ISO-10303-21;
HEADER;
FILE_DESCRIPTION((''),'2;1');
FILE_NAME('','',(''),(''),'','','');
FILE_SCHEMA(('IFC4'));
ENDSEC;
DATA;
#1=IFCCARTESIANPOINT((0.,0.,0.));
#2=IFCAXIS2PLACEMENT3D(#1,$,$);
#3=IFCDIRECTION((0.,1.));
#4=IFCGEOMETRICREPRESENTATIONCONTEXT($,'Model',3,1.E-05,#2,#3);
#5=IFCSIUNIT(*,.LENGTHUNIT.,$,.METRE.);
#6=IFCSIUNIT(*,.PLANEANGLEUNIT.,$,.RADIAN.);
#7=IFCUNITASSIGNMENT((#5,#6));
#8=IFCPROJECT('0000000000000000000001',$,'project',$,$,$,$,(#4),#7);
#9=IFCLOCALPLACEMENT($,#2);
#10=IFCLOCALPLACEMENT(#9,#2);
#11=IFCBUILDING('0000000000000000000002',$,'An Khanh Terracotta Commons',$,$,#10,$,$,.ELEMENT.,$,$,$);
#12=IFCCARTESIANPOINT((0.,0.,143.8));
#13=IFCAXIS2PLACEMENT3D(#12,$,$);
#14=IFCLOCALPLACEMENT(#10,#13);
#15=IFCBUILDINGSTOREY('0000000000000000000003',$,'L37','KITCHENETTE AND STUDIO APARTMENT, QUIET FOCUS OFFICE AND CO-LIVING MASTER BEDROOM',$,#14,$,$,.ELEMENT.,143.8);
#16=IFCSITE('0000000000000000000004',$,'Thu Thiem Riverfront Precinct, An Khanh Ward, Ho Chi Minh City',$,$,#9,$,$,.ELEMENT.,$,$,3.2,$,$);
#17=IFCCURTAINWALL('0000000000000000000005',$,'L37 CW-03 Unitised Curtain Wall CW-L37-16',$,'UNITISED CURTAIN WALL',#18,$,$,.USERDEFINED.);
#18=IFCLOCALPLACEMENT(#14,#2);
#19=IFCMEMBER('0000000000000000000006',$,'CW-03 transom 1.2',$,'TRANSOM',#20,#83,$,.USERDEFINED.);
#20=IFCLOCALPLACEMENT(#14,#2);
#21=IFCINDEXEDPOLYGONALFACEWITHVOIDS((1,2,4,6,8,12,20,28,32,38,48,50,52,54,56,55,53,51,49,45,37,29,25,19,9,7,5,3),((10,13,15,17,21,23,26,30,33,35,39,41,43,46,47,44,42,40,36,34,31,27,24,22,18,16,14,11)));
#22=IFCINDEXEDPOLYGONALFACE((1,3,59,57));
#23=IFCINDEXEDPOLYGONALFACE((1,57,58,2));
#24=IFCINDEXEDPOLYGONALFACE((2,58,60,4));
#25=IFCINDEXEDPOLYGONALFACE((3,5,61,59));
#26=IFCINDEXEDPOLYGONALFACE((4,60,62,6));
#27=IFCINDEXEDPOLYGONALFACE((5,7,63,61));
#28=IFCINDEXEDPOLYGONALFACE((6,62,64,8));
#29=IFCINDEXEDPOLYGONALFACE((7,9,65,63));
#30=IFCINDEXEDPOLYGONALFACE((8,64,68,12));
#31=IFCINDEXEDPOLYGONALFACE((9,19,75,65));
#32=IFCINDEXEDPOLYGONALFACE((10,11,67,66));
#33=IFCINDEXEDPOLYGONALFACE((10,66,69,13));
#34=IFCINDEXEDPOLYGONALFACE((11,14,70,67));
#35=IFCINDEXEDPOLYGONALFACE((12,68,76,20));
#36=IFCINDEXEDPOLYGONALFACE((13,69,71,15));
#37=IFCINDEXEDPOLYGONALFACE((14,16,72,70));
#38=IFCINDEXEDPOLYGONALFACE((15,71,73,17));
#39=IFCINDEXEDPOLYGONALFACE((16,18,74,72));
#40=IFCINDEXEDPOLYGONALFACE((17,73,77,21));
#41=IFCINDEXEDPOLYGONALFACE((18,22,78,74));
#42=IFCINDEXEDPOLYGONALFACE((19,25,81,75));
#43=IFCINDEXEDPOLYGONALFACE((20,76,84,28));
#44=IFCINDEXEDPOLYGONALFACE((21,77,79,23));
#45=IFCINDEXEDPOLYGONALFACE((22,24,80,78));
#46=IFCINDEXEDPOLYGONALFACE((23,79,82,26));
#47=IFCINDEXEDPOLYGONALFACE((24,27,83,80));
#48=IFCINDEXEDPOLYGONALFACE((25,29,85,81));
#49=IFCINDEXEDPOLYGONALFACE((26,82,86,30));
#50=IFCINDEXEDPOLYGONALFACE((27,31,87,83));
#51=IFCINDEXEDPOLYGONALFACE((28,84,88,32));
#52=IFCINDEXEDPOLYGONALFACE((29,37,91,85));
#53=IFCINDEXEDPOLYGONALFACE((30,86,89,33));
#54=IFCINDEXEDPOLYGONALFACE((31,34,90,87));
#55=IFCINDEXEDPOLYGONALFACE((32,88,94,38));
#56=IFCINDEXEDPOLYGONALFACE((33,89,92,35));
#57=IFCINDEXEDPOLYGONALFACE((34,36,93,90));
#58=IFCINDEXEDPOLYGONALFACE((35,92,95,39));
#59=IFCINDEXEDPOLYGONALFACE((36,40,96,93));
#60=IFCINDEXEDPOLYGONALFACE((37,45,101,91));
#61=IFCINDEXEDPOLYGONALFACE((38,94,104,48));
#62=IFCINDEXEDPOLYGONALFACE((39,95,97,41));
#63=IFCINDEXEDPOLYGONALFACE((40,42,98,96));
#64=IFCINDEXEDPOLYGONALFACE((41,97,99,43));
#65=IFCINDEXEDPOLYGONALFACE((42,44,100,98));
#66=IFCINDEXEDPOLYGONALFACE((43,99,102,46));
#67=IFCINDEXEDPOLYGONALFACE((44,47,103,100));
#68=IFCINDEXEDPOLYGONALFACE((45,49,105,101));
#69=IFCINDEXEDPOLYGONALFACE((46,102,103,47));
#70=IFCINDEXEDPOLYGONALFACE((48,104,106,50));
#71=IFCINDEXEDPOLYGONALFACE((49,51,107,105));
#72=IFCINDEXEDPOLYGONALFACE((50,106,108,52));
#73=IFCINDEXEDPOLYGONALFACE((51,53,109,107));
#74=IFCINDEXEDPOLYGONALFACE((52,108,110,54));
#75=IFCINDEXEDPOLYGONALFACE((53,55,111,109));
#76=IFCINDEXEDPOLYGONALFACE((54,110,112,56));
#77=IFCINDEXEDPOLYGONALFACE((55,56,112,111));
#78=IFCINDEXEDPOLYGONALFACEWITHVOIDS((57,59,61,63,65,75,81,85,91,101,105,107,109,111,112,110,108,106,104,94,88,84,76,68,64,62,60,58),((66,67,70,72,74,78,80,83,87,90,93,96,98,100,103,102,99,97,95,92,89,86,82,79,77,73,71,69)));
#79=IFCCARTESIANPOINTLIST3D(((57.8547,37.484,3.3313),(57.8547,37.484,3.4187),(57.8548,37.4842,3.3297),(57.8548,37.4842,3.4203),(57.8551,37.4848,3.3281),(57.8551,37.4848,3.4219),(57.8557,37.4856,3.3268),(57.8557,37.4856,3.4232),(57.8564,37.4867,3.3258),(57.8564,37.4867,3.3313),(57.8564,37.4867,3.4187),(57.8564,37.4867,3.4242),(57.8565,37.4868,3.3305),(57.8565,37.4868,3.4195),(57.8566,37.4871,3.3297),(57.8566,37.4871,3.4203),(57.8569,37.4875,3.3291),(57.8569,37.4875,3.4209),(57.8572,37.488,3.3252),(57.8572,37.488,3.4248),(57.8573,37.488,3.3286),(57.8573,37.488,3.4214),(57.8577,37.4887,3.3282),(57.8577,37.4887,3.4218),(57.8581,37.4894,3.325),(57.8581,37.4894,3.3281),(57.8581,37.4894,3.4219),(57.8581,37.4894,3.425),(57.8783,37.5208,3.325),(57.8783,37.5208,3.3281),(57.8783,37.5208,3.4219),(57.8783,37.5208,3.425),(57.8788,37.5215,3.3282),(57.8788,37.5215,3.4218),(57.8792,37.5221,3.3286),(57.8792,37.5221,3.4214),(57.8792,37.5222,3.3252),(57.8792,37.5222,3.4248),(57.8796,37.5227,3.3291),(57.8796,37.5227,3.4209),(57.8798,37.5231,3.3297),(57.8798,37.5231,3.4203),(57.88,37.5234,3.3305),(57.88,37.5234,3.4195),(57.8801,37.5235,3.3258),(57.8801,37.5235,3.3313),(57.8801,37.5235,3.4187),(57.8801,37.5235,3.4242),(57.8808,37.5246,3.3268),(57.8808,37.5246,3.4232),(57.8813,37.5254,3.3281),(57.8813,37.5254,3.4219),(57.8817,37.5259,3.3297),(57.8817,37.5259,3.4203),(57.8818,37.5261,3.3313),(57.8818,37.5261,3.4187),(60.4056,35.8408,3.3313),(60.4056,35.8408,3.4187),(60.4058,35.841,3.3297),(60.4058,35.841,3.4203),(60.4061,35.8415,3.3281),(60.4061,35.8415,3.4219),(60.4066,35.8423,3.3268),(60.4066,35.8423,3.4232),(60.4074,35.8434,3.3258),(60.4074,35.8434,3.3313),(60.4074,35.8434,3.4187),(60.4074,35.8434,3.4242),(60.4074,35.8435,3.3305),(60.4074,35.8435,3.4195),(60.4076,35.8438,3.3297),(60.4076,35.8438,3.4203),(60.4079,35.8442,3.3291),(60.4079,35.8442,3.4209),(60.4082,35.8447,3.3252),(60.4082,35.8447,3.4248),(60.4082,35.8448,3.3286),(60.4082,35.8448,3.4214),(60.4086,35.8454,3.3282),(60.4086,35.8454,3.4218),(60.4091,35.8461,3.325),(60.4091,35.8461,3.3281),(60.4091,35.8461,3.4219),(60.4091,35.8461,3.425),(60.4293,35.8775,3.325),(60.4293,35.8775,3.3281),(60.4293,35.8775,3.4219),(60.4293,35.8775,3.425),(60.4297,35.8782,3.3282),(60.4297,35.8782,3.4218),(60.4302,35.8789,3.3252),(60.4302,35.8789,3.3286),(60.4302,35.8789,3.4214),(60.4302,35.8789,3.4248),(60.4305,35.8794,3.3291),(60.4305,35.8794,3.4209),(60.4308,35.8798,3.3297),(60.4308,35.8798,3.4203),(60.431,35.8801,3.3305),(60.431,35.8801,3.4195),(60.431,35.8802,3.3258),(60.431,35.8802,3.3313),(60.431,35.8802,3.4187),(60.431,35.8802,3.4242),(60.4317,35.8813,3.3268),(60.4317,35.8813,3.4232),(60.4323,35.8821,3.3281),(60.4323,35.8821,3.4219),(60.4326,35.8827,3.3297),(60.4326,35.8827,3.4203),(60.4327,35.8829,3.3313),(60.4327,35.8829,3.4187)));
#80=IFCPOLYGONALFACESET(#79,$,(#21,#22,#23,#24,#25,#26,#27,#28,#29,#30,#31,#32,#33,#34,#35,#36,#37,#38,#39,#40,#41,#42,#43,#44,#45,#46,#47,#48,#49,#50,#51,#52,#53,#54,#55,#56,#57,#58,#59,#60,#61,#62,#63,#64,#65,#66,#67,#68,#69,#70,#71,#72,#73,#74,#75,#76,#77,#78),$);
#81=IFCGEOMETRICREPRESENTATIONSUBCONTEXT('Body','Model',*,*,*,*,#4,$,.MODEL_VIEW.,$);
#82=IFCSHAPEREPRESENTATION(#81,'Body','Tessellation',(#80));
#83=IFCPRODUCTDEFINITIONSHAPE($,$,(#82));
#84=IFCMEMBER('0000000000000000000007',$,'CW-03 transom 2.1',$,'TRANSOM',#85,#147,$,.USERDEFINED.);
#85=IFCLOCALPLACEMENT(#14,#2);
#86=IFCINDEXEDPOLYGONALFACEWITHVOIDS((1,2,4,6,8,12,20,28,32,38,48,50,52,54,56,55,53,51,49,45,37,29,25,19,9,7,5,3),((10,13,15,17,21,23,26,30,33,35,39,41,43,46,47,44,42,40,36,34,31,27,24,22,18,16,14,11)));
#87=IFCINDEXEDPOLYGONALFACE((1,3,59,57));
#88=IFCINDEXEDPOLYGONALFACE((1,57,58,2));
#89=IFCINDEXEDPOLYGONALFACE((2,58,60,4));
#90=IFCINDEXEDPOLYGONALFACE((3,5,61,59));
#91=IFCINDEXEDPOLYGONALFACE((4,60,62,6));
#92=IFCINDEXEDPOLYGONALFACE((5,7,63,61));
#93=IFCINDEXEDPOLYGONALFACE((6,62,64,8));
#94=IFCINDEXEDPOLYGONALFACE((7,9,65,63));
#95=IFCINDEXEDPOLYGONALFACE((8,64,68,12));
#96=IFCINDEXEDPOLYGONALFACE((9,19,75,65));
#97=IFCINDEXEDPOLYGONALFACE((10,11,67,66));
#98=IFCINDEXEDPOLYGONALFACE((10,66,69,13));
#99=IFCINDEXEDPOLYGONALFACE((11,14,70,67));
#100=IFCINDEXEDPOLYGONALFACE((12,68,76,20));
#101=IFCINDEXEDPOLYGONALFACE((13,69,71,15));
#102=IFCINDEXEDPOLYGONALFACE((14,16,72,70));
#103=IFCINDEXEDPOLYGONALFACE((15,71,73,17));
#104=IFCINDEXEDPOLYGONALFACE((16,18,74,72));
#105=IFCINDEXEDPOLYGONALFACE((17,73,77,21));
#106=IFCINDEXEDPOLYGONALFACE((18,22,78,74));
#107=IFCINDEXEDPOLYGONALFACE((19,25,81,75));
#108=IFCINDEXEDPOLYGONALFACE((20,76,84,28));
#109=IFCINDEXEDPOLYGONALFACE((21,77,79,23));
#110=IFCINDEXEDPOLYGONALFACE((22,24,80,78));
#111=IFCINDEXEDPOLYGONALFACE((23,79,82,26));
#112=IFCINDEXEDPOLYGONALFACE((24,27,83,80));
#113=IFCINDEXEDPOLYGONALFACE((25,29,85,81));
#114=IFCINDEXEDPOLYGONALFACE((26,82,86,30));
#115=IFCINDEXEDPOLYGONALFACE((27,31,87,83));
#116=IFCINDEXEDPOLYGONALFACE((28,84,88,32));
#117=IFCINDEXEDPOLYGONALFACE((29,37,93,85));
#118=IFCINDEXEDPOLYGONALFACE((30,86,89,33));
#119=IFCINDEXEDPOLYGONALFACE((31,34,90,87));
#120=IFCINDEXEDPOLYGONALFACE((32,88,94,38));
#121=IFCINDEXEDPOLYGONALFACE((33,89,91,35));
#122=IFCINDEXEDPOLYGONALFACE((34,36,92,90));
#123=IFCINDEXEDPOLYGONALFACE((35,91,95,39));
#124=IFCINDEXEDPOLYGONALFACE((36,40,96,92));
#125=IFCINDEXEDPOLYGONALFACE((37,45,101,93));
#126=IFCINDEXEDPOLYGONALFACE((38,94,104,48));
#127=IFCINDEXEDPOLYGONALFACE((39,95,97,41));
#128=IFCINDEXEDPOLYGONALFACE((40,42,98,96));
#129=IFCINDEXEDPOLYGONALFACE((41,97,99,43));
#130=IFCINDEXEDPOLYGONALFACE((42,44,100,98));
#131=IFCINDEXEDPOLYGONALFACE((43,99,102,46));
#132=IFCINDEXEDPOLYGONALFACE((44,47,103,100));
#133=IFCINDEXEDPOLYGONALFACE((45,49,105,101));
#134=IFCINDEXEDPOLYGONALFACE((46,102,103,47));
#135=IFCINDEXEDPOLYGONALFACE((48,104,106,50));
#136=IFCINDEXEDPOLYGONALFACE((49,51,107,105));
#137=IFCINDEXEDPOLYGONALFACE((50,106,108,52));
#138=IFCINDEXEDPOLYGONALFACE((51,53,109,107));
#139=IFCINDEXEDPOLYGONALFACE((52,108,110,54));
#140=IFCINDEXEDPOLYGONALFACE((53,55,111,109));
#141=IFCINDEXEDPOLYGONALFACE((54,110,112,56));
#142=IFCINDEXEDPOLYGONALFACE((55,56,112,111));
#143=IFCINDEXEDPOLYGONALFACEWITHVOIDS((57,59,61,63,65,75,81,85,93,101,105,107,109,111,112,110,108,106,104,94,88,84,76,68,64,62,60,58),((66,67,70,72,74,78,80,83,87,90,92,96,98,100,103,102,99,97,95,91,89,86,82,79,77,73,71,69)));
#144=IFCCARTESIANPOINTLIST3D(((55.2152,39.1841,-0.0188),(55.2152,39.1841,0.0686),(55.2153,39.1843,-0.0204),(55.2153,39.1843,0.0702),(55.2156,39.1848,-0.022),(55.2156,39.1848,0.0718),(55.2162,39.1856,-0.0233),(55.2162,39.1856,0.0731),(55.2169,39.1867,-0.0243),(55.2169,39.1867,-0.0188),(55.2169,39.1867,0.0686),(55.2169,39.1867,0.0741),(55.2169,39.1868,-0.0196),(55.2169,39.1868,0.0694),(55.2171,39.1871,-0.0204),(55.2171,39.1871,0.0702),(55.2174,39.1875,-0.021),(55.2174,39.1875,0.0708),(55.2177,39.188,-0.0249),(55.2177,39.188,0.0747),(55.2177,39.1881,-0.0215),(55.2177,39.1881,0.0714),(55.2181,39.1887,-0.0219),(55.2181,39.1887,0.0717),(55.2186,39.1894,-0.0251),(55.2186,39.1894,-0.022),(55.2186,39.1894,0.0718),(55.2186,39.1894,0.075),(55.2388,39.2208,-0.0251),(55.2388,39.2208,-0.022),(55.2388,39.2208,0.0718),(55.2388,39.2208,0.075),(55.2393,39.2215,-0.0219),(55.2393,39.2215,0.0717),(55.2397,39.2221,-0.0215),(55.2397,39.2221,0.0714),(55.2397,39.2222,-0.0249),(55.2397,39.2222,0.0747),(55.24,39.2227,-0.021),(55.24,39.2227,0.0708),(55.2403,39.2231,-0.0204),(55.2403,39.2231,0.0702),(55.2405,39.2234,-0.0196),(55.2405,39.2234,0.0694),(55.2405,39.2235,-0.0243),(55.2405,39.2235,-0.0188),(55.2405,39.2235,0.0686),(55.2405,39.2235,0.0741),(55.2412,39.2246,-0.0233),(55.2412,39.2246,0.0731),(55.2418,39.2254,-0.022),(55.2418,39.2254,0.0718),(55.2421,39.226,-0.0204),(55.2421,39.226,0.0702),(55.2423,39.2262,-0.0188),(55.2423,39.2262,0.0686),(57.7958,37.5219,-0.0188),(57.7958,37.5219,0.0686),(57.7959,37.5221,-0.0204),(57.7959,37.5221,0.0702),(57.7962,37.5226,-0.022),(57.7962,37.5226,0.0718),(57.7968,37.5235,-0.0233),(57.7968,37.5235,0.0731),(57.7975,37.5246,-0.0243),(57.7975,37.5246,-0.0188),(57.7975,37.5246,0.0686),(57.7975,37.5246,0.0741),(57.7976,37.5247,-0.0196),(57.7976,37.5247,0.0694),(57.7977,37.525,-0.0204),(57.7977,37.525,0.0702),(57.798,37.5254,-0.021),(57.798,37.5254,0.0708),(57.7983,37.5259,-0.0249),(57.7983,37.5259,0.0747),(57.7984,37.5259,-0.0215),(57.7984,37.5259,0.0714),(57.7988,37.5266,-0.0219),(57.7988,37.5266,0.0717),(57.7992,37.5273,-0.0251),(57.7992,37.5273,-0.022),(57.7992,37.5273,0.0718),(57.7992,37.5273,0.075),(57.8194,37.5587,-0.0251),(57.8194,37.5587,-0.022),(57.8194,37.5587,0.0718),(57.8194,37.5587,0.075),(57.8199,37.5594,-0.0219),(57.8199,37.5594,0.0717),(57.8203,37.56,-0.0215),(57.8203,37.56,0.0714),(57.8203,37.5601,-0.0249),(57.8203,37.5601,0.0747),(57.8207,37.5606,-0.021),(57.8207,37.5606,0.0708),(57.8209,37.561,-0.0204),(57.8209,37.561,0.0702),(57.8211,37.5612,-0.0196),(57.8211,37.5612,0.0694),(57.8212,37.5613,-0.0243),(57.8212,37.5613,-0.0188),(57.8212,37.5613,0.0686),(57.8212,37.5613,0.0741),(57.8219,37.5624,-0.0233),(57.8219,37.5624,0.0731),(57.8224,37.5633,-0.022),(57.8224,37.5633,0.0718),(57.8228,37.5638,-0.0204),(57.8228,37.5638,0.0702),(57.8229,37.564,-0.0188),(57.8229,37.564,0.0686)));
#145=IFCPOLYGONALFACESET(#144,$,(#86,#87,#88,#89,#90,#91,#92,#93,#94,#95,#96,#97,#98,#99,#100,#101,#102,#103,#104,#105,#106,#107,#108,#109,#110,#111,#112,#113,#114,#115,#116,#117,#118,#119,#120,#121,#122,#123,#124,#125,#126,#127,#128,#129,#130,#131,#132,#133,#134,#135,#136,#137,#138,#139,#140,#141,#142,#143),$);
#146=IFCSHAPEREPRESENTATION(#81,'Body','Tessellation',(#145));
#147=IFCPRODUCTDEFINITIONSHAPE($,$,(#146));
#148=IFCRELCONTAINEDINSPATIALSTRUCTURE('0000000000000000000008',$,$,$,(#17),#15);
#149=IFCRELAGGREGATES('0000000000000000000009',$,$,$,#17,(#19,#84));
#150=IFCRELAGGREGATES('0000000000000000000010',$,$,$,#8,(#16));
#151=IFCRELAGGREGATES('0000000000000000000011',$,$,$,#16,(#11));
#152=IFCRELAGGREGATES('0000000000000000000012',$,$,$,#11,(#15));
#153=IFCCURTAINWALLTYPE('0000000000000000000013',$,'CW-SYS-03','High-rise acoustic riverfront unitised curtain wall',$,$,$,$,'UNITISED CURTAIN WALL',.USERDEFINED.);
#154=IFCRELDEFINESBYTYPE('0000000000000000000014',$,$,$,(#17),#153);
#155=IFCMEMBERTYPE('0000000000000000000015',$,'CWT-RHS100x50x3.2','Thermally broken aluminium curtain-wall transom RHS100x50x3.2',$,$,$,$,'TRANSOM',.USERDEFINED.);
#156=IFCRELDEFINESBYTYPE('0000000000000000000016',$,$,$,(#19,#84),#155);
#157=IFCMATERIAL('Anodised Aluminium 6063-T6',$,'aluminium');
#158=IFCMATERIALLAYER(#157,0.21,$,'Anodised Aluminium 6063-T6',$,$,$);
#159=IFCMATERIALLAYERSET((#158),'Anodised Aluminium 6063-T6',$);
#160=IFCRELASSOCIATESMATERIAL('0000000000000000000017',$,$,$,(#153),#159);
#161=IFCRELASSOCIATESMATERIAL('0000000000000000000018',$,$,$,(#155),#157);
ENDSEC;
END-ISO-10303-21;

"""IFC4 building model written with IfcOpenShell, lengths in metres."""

from ifc_helpers import new_model, si_unit, direction, frame, origin, origin_2d, place, context, subcontext, project, spatial, hollow_rectangle, extrude, material, layer, layer_set, material_profile, profile_set, type_object, element, aggregate, save


model = new_model("IFC4")

# Units and contexts
model_context = context("Model", 3, precision=1e-05, world=origin(), true_north=direction((0.0, 1.0)))
body_context = subcontext(model_context, "Body", "Model", "MODEL_VIEW")
ifc_project = project(units=[si_unit("LENGTHUNIT", "METRE"), si_unit("PLANEANGLEUNIT", "RADIAN")], contexts=[model_context])

# Site, building, storey
site_placement = place(None, origin())
site = spatial("IfcSite", under=ifc_project, at=site_placement, Name="Thu Thiem Riverfront Precinct, An Khanh Ward, Ho Chi Minh City", CompositionType="ELEMENT", RefElevation=3.2)
building_placement = place(site_placement, origin())
building = spatial("IfcBuilding", under=site, at=building_placement, Name="An Khanh Terracotta Commons", CompositionType="ELEMENT")
storey_placement = place(building_placement, frame((0.0, 0.0, 143.8)))
storey = spatial("IfcBuildingStorey", under=building, at=storey_placement, Name="L37", Description="KITCHENETTE AND STUDIO APARTMENT, QUIET FOCUS OFFICE AND CO-LIVING MASTER BEDROOM", CompositionType="ELEMENT", Elevation=143.8)

# Curtain wall
ifc_material_1 = material(Name="Anodised Aluminium 6063-T6", Category="aluminium")
ifc_layer_1 = layer(ifc_material_1, 0.21, Name="Anodised Aluminium 6063-T6")
ifc_layer_set_1 = layer_set([ifc_layer_1], Name="Anodised Aluminium 6063-T6")
curtain_wall_type = type_object("IfcCurtainWallType", Name="CW-SYS-03", Description="High-rise acoustic riverfront unitised curtain wall", ElementType="UNITISED CURTAIN WALL", PredefinedType="USERDEFINED", material=ifc_layer_set_1)
curtain_wall_1_placement = place(storey_placement, origin())
curtain_wall_1 = element("IfcCurtainWall", 1, at=curtain_wall_1_placement, inside=storey, type_object=curtain_wall_type, Name="L37 CW-03 Unitised Curtain Wall CW-L37-16", ObjectType="UNITISED CURTAIN WALL", PredefinedType="USERDEFINED")

# Members
ifc_material_profile_1 = material_profile(ifc_material_1, hollow_rectangle(XDim=0.05, YDim=0.1001, WallThickness=0.0032, InnerFilletRadius=0.0032, OuterFilletRadius=0.0063, at=origin_2d()), Name="RHS100x50x3.2")
ifc_profile_set_1 = profile_set([ifc_material_profile_1], Name="Anodised Aluminium 6063-T6")
member_type_1 = type_object("IfcMemberType", Name="CWT-RHS100x50x3.2", Description="Thermally broken aluminium curtain-wall transom RHS100x50x3.2", ElementType="TRANSOM", PredefinedType="USERDEFINED", material=ifc_profile_set_1)
member_1_placement = place(storey_placement, frame((60.4192, 35.8618, 3.375), z_axis=(-0.840674, 0.541542, 0.0), x_axis=(-0.541542, -0.840674, 0.0)))
member_1 = element("IfcMember", 2, at=member_1_placement, type_object=member_type_1, Name="CW-03 transom 1.2", ObjectType="TRANSOM", PredefinedType="USERDEFINED", context=body_context, shape_type="SweptSolid", body=[
    extrude(hollow_rectangle(XDim=0.05, YDim=0.1001, WallThickness=0.0032, InnerFilletRadius=0.0032, OuterFilletRadius=0.0063, at=origin_2d()), origin(), (0.0, 0.0, 1.0), 3.0344),
])
member_2_placement = place(storey_placement, frame((57.8093, 37.543, 0.0249), z_axis=(-0.840708, 0.541489, 0.0), x_axis=(-0.541489, -0.840708, 0.0)))
member_2 = element("IfcMember", 3, at=member_2_placement, type_object=member_type_1, Name="CW-03 transom 2.1", ObjectType="TRANSOM", PredefinedType="USERDEFINED", context=body_context, shape_type="SweptSolid", body=[
    extrude(hollow_rectangle(XDim=0.05, YDim=0.1001, WallThickness=0.0032, InnerFilletRadius=0.0032, OuterFilletRadius=0.0063, at=origin_2d()), origin(), (0.0, 0.0, 1.0), 3.0696),
])

aggregate(curtain_wall_1, [member_1, member_2])

save(model, "model.ifc")
